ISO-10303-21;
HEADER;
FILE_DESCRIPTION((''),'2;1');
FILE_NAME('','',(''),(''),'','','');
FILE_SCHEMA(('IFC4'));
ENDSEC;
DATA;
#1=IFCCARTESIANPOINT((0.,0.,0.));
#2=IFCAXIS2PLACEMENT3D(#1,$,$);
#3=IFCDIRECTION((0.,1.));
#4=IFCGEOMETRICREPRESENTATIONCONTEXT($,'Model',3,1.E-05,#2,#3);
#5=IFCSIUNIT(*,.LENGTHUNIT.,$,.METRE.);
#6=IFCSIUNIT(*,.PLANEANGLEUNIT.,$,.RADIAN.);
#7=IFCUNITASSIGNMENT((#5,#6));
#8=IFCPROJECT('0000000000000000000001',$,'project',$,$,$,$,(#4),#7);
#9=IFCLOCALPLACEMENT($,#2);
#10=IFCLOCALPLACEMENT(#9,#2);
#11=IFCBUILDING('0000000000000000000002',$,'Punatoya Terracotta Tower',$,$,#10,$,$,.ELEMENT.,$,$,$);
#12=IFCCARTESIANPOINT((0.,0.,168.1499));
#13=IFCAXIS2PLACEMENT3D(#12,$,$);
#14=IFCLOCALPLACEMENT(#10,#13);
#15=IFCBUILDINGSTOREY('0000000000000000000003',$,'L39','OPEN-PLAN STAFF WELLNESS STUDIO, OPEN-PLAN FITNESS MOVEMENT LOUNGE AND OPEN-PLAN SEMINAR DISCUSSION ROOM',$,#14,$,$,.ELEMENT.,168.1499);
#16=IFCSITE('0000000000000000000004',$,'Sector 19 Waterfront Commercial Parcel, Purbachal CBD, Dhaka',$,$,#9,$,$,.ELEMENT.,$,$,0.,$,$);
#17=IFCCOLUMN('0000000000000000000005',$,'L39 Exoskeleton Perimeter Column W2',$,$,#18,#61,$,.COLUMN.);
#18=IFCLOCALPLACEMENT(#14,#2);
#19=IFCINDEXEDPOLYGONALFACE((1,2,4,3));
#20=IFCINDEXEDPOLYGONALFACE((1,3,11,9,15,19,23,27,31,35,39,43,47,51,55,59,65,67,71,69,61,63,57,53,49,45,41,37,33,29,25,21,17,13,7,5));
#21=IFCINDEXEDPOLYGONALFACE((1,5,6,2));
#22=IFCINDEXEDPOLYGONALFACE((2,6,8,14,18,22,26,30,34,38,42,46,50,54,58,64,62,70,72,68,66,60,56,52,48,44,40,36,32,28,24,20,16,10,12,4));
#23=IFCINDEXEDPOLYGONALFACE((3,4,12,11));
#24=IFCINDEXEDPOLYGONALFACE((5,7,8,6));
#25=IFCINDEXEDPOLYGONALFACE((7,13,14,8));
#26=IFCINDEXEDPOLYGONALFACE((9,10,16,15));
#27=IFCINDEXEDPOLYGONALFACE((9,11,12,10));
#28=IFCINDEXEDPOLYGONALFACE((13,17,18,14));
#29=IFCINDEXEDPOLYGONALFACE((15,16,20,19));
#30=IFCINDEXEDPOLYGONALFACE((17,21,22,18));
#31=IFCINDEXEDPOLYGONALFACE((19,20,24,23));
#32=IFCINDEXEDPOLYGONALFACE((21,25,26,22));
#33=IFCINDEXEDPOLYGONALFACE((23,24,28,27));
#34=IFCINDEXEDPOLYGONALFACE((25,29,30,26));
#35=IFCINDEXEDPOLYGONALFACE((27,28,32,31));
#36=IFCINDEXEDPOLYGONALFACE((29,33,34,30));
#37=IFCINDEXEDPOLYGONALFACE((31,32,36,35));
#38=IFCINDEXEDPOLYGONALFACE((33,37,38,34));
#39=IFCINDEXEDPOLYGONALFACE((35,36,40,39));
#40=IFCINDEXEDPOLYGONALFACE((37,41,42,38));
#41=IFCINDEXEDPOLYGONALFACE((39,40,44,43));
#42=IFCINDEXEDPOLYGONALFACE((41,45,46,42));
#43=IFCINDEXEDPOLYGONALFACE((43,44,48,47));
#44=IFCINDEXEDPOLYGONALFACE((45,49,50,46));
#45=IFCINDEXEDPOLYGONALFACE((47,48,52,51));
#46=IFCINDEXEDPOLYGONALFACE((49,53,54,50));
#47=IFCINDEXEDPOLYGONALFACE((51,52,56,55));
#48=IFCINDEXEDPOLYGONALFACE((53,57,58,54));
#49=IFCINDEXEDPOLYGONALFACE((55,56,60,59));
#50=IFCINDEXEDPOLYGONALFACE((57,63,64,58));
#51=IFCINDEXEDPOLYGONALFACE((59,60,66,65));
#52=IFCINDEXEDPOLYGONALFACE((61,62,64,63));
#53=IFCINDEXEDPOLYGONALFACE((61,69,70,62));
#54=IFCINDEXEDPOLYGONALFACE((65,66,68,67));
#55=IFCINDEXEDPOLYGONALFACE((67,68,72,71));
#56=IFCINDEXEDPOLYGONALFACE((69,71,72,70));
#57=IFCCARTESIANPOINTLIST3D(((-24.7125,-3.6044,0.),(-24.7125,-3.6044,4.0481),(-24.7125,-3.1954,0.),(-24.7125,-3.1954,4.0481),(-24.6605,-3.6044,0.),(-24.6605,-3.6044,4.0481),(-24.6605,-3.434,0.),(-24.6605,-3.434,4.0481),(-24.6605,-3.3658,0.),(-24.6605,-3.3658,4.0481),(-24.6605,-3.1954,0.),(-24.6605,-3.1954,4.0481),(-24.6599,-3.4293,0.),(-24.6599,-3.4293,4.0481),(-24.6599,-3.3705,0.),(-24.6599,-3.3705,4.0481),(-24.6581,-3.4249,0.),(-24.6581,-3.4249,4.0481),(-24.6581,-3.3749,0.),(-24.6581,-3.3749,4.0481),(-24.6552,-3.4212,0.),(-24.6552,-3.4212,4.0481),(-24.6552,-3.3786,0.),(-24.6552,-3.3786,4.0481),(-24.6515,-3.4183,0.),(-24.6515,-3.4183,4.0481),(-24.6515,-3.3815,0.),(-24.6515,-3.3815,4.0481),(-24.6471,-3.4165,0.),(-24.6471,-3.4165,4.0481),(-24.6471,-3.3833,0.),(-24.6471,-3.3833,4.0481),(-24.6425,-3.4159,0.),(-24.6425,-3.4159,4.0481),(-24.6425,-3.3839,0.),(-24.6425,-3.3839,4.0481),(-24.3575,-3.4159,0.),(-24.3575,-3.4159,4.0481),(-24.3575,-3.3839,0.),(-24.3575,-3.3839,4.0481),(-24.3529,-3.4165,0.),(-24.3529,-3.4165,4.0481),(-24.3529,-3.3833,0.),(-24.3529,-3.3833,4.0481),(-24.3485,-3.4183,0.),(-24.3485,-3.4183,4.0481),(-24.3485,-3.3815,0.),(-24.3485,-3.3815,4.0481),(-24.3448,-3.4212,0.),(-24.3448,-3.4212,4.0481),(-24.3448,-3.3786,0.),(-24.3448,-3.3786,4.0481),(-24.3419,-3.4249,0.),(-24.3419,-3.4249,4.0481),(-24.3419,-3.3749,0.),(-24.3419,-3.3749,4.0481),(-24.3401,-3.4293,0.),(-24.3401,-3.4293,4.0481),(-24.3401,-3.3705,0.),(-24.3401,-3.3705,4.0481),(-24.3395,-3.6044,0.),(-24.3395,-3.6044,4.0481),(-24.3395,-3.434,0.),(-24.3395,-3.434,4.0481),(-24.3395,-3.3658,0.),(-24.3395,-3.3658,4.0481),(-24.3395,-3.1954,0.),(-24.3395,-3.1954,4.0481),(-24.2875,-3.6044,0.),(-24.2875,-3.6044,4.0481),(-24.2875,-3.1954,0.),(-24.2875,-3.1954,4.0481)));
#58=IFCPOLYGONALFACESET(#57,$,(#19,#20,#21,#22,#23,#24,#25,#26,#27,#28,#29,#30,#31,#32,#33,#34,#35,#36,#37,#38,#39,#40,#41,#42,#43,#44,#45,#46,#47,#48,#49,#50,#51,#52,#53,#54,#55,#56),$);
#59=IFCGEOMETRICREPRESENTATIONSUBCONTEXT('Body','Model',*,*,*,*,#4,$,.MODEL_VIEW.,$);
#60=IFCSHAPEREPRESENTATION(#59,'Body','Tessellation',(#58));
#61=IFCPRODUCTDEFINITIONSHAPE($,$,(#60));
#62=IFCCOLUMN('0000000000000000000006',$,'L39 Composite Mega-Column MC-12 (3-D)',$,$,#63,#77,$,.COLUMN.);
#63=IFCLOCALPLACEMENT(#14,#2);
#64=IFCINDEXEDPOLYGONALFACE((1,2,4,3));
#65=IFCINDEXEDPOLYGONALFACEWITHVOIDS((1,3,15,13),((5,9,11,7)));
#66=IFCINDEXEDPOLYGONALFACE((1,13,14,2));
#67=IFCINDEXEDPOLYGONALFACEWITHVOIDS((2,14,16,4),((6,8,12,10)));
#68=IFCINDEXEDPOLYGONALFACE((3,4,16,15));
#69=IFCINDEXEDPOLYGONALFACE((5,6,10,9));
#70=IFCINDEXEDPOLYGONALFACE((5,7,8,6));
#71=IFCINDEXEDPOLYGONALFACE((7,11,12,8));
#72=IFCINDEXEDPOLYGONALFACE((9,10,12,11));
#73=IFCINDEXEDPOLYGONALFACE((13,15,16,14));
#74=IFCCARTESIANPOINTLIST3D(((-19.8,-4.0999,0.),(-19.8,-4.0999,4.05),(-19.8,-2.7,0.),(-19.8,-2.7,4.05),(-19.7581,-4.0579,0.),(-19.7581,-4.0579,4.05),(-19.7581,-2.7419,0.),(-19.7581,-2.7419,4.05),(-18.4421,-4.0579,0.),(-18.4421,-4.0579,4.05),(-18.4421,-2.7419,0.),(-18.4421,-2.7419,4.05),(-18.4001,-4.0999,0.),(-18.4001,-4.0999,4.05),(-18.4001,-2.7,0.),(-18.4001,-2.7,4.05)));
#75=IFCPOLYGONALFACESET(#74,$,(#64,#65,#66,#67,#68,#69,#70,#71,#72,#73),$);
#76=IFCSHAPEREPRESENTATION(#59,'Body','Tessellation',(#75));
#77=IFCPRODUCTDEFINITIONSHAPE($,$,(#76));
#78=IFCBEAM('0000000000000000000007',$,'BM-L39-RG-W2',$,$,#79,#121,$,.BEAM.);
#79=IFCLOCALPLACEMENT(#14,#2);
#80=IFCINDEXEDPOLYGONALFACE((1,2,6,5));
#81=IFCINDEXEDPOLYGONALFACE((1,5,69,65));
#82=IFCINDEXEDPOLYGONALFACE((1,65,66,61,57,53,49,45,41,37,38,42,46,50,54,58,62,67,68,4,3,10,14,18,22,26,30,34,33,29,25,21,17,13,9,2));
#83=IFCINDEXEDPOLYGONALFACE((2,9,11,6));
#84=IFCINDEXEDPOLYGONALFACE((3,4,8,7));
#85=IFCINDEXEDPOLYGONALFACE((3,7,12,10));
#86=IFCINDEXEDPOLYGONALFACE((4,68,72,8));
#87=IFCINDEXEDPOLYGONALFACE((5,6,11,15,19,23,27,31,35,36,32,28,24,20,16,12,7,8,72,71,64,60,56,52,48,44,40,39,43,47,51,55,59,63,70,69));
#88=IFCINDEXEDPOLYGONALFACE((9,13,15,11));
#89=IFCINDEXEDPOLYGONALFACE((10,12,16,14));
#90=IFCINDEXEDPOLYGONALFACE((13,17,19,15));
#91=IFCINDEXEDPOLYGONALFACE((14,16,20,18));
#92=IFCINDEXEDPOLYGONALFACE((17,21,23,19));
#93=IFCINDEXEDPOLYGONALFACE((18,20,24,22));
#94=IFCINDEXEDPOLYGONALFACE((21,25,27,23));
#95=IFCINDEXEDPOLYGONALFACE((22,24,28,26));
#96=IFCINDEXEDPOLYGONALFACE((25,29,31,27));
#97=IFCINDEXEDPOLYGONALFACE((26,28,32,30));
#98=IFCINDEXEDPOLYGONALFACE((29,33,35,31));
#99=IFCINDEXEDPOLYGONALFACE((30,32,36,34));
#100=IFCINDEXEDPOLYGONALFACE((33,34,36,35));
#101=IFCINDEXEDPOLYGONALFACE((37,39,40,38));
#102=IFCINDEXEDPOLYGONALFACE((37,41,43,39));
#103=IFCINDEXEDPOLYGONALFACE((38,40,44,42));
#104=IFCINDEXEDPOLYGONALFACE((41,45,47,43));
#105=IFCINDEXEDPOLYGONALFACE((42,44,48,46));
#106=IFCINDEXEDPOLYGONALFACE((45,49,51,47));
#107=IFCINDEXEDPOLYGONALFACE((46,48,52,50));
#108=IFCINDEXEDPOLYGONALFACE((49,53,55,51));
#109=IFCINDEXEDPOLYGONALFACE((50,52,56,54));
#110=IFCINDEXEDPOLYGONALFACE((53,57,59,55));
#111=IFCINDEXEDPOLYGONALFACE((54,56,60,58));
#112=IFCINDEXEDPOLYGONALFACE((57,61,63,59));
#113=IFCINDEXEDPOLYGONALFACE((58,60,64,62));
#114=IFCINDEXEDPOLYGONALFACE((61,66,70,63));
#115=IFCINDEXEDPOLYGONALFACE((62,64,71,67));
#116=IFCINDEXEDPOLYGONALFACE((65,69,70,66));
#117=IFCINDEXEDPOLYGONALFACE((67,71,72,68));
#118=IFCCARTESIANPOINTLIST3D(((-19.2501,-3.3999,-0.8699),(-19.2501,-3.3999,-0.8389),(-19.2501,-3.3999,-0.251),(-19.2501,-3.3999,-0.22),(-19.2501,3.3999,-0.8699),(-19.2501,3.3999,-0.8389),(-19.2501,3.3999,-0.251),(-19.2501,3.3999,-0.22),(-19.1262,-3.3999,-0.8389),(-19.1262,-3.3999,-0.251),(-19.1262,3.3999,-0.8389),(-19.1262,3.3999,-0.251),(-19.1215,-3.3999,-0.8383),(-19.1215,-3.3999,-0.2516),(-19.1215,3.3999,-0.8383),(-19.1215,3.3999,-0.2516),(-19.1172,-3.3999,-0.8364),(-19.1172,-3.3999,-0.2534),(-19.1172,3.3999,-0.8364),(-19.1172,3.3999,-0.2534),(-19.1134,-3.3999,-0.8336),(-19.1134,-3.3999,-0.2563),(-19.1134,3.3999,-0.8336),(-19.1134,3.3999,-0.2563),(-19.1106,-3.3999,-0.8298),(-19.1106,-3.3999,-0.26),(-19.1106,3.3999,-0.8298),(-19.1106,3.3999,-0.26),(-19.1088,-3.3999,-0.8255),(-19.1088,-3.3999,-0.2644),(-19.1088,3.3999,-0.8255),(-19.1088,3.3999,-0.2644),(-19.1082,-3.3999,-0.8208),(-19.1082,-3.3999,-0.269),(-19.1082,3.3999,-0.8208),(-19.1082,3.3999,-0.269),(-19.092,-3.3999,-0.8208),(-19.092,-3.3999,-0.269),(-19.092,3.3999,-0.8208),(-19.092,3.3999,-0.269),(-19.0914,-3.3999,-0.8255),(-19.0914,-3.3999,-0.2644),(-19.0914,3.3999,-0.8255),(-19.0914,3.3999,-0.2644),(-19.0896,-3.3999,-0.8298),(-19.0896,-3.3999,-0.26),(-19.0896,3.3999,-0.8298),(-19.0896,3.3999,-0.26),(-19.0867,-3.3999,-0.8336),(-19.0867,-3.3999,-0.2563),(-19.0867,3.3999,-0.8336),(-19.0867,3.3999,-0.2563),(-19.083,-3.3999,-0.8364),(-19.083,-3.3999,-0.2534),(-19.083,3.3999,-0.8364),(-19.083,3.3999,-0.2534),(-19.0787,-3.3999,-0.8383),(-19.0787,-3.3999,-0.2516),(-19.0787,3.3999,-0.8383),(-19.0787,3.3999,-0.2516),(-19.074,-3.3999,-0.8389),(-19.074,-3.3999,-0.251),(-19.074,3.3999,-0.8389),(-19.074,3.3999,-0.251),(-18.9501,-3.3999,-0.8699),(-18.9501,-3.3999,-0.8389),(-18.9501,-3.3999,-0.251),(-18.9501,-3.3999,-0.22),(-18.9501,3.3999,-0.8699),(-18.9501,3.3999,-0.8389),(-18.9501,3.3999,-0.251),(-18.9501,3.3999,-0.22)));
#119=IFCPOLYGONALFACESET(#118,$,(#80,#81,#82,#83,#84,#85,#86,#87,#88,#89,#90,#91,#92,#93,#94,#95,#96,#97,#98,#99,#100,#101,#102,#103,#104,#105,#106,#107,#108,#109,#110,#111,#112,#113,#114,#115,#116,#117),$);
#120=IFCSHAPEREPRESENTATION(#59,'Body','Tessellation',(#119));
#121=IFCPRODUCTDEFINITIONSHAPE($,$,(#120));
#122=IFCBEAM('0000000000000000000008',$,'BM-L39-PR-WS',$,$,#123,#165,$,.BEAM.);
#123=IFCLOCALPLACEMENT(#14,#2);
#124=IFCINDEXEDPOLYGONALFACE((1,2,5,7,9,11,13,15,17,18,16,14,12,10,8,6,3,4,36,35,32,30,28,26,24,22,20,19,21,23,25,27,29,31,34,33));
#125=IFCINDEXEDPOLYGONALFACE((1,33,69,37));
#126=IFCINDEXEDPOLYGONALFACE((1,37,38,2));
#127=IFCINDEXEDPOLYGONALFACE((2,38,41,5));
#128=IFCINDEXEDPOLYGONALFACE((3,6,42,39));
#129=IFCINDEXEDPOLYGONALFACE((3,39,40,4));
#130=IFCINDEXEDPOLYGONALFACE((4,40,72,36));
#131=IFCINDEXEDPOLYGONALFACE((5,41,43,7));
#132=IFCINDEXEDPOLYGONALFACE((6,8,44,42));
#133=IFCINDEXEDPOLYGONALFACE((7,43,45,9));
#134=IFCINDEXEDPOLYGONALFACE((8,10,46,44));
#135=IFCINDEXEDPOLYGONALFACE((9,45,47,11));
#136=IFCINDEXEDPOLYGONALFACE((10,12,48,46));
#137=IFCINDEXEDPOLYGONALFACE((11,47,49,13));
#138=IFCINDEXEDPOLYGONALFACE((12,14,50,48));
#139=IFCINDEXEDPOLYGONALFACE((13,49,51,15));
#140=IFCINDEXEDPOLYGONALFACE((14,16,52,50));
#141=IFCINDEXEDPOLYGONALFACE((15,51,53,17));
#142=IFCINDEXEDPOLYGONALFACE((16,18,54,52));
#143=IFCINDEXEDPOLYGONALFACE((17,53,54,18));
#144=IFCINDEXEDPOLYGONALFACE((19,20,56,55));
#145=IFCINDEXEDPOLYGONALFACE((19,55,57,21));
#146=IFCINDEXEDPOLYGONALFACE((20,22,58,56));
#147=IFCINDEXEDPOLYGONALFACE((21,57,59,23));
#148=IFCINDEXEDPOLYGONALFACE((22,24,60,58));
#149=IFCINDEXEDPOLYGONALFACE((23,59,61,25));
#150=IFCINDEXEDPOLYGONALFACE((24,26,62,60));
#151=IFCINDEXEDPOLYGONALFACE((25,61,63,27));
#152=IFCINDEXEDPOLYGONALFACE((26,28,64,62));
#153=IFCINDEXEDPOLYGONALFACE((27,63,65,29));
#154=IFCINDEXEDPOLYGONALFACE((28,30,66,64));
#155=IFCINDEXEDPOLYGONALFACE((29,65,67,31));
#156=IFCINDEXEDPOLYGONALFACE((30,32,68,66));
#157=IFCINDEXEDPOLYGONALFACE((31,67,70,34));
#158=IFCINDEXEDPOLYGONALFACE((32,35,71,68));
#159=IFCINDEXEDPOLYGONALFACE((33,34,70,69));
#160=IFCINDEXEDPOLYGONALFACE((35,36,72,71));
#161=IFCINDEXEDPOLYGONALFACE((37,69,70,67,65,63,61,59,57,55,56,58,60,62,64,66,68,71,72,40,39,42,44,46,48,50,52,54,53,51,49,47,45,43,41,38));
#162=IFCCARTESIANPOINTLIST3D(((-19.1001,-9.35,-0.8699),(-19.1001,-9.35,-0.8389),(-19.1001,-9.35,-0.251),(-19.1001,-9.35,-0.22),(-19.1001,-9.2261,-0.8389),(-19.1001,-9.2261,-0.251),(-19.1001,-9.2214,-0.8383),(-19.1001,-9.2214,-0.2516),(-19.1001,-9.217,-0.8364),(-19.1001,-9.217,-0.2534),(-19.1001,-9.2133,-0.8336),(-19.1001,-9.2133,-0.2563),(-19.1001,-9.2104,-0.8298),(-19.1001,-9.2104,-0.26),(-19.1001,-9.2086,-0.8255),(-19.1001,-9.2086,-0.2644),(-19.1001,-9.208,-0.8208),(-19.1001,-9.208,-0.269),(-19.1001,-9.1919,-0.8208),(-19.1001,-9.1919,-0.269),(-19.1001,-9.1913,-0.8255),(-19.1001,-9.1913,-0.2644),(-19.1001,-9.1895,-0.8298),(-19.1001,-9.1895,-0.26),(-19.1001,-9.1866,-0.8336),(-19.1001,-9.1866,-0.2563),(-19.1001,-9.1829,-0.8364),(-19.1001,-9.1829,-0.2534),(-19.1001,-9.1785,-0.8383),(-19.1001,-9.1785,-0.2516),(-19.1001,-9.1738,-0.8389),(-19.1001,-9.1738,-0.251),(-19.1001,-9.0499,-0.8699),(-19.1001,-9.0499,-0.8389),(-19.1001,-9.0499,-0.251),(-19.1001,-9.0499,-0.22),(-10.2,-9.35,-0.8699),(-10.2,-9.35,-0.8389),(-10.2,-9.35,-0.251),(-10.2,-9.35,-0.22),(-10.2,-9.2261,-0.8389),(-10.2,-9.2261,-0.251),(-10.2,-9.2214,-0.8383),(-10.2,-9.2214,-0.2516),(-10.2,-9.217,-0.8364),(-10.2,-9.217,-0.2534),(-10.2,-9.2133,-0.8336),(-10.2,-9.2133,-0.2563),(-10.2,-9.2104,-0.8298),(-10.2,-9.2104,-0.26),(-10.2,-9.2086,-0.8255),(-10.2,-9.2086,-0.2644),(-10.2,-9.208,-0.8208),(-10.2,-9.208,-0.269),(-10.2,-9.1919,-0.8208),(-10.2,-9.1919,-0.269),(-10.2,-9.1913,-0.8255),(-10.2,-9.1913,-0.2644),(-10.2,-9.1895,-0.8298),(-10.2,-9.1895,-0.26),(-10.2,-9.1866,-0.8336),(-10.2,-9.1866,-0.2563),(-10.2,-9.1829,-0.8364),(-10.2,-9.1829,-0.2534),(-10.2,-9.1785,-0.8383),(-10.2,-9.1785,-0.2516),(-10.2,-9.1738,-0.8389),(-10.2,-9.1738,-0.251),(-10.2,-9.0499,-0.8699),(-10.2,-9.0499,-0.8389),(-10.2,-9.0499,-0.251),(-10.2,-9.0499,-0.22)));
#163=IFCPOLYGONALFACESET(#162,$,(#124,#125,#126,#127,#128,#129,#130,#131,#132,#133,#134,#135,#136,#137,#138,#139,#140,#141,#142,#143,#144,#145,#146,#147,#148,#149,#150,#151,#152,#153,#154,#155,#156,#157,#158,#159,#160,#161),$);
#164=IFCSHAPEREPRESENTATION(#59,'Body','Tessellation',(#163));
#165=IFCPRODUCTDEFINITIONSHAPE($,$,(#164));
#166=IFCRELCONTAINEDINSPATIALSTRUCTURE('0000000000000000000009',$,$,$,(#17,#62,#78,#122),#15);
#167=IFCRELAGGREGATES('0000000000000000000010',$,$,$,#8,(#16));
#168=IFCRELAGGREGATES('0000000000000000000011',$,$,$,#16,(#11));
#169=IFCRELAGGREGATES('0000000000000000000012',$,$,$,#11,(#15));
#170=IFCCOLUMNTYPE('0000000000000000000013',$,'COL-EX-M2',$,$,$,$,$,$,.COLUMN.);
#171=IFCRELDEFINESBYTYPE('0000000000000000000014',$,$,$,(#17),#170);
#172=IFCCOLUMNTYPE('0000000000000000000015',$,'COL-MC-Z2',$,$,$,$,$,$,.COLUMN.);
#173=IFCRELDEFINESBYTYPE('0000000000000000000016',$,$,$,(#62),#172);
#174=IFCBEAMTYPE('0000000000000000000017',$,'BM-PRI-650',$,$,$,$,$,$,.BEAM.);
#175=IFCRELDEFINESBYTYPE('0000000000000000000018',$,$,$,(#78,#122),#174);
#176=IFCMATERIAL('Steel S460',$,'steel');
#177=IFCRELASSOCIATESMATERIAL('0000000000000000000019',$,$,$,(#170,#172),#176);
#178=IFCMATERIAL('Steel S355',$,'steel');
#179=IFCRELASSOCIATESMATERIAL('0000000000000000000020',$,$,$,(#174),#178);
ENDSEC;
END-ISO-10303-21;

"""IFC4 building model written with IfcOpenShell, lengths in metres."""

from ifc_helpers import new_model, si_unit, direction, frame, origin, origin_2d, place, context, subcontext, project, spatial, hollow_rectangle, i_section, extrude, material, material_profile, profile_set, type_object, element, save


model = new_model("IFC4")

# Units and contexts
model_context = context("Model", 3, precision=1e-05, world=origin(), true_north=direction((0.0, 1.0)))
body_context = subcontext(model_context, "Body", "Model", "MODEL_VIEW")
ifc_project = project(units=[si_unit("LENGTHUNIT", "METRE"), si_unit("PLANEANGLEUNIT", "RADIAN")], contexts=[model_context])

# Site, building, storey
site_placement = place(None, origin())
site = spatial("IfcSite", under=ifc_project, at=site_placement, Name="Sector 19 Waterfront Commercial Parcel, Purbachal CBD, Dhaka", CompositionType="ELEMENT", RefElevation=0.0)
building_placement = place(site_placement, origin())
building = spatial("IfcBuilding", under=site, at=building_placement, Name="Punatoya Terracotta Tower", CompositionType="ELEMENT")
storey_placement = place(building_placement, frame((0.0, 0.0, 168.1499)))
storey = spatial("IfcBuildingStorey", under=building, at=storey_placement, Name="L39", Description="OPEN-PLAN STAFF WELLNESS STUDIO, OPEN-PLAN FITNESS MOVEMENT LOUNGE AND OPEN-PLAN SEMINAR DISCUSSION ROOM", CompositionType="ELEMENT", Elevation=168.1499)

# Columns
ifc_material_1 = material(Name="Steel S460", Category="steel")
ifc_material_profile_1 = material_profile(ifc_material_1, i_section(OverallWidth=0.4089, OverallDepth=0.425, WebThickness=0.032, FlangeThickness=0.052, FilletRadius=0.0181, at=origin_2d()))
ifc_profile_set_1 = profile_set([ifc_material_profile_1], Name="Steel S460")
column_type_1 = type_object("IfcColumnType", Name="COL-EX-M2", PredefinedType="COLUMN", material=ifc_profile_set_1)
column_1_placement = place(storey_placement, frame((-24.5, -3.3999, 0.0), z_axis=(0.0, 0.0, 1.0), x_axis=(0.0, 1.0, 0.0)))
element("IfcColumn", 1, at=column_1_placement, inside=storey, type_object=column_type_1, Name="L39 Exoskeleton Perimeter Column W2", PredefinedType="COLUMN", context=body_context, shape_type="SweptSolid", body=[
    extrude(i_section(OverallWidth=0.4089, OverallDepth=0.425, WebThickness=0.032, FlangeThickness=0.052, FilletRadius=0.0181, at=origin_2d()), origin(), (0.0, 0.0, 1.0), 4.0481),
])
ifc_material_profile_2 = material_profile(ifc_material_1, hollow_rectangle(XDim=1.3999, YDim=1.3999, WallThickness=0.042, at=origin_2d()))
ifc_profile_set_2 = profile_set([ifc_material_profile_2], Name="Steel S460")
column_type_2 = type_object("IfcColumnType", Name="COL-MC-Z2", PredefinedType="COLUMN", material=ifc_profile_set_2)
column_2_placement = place(storey_placement, frame((-19.1001, -3.3999, 0.0), z_axis=(0.0, 0.0, 1.0), x_axis=(1.0, 0.0, 0.0)))
element("IfcColumn", 2, at=column_2_placement, inside=storey, type_object=column_type_2, Name="L39 Composite Mega-Column MC-12 (3-D)", PredefinedType="COLUMN", context=body_context, shape_type="SweptSolid", body=[
    extrude(hollow_rectangle(XDim=1.3999, YDim=1.3999, WallThickness=0.042, at=origin_2d()), origin(), (0.0, 0.0, 1.0), 4.05),
])

# Beams
ifc_material_2 = material(Name="Steel S355", Category="steel")
ifc_material_profile_3 = material_profile(ifc_material_2, i_section(OverallWidth=0.3, OverallDepth=0.6499, WebThickness=0.0161, FlangeThickness=0.031, FilletRadius=0.0181, at=origin_2d()))
ifc_profile_set_3 = profile_set([ifc_material_profile_3], Name="Steel S355")
beam_type_1 = type_object("IfcBeamType", Name="BM-PRI-650", PredefinedType="BEAM", material=ifc_profile_set_3)
beam_1_placement = place(storey_placement, frame((-19.1001, -3.3999, -0.5449), z_axis=(0.0, 1.0, 0.0), x_axis=(-1.0, 0.0, 0.0)))
element("IfcBeam", 3, at=beam_1_placement, inside=storey, type_object=beam_type_1, Name="BM-L39-RG-W2", PredefinedType="BEAM", context=body_context, shape_type="SweptSolid", body=[
    extrude(i_section(OverallWidth=0.3, OverallDepth=0.6499, WebThickness=0.0161, FlangeThickness=0.031, FilletRadius=0.0181, at=origin_2d()), origin(), (0.0, 0.0, 1.0), 6.7998),
])
for number, where, z_axis, x_axis, name in (
    (4, (-19.1001, -9.2, -0.5449), (1.0, 0.0, 0.0), (0.0, 1.0, 0.0), "BM-L39-PR-WS"),
):
    element("IfcBeam", number, at=place(storey_placement, frame(where, z_axis=z_axis, x_axis=x_axis)), inside=storey, type_object=beam_type_1, Name=name, PredefinedType="BEAM", context=body_context, shape_type="SweptSolid", body=[
        extrude(i_section(OverallWidth=0.3, OverallDepth=0.6499, WebThickness=0.0161, FlangeThickness=0.031, FilletRadius=0.0181, at=origin_2d()), origin(), (0.0, 0.0, 1.0), 8.9001),
    ])

save(model, "model.ifc")
